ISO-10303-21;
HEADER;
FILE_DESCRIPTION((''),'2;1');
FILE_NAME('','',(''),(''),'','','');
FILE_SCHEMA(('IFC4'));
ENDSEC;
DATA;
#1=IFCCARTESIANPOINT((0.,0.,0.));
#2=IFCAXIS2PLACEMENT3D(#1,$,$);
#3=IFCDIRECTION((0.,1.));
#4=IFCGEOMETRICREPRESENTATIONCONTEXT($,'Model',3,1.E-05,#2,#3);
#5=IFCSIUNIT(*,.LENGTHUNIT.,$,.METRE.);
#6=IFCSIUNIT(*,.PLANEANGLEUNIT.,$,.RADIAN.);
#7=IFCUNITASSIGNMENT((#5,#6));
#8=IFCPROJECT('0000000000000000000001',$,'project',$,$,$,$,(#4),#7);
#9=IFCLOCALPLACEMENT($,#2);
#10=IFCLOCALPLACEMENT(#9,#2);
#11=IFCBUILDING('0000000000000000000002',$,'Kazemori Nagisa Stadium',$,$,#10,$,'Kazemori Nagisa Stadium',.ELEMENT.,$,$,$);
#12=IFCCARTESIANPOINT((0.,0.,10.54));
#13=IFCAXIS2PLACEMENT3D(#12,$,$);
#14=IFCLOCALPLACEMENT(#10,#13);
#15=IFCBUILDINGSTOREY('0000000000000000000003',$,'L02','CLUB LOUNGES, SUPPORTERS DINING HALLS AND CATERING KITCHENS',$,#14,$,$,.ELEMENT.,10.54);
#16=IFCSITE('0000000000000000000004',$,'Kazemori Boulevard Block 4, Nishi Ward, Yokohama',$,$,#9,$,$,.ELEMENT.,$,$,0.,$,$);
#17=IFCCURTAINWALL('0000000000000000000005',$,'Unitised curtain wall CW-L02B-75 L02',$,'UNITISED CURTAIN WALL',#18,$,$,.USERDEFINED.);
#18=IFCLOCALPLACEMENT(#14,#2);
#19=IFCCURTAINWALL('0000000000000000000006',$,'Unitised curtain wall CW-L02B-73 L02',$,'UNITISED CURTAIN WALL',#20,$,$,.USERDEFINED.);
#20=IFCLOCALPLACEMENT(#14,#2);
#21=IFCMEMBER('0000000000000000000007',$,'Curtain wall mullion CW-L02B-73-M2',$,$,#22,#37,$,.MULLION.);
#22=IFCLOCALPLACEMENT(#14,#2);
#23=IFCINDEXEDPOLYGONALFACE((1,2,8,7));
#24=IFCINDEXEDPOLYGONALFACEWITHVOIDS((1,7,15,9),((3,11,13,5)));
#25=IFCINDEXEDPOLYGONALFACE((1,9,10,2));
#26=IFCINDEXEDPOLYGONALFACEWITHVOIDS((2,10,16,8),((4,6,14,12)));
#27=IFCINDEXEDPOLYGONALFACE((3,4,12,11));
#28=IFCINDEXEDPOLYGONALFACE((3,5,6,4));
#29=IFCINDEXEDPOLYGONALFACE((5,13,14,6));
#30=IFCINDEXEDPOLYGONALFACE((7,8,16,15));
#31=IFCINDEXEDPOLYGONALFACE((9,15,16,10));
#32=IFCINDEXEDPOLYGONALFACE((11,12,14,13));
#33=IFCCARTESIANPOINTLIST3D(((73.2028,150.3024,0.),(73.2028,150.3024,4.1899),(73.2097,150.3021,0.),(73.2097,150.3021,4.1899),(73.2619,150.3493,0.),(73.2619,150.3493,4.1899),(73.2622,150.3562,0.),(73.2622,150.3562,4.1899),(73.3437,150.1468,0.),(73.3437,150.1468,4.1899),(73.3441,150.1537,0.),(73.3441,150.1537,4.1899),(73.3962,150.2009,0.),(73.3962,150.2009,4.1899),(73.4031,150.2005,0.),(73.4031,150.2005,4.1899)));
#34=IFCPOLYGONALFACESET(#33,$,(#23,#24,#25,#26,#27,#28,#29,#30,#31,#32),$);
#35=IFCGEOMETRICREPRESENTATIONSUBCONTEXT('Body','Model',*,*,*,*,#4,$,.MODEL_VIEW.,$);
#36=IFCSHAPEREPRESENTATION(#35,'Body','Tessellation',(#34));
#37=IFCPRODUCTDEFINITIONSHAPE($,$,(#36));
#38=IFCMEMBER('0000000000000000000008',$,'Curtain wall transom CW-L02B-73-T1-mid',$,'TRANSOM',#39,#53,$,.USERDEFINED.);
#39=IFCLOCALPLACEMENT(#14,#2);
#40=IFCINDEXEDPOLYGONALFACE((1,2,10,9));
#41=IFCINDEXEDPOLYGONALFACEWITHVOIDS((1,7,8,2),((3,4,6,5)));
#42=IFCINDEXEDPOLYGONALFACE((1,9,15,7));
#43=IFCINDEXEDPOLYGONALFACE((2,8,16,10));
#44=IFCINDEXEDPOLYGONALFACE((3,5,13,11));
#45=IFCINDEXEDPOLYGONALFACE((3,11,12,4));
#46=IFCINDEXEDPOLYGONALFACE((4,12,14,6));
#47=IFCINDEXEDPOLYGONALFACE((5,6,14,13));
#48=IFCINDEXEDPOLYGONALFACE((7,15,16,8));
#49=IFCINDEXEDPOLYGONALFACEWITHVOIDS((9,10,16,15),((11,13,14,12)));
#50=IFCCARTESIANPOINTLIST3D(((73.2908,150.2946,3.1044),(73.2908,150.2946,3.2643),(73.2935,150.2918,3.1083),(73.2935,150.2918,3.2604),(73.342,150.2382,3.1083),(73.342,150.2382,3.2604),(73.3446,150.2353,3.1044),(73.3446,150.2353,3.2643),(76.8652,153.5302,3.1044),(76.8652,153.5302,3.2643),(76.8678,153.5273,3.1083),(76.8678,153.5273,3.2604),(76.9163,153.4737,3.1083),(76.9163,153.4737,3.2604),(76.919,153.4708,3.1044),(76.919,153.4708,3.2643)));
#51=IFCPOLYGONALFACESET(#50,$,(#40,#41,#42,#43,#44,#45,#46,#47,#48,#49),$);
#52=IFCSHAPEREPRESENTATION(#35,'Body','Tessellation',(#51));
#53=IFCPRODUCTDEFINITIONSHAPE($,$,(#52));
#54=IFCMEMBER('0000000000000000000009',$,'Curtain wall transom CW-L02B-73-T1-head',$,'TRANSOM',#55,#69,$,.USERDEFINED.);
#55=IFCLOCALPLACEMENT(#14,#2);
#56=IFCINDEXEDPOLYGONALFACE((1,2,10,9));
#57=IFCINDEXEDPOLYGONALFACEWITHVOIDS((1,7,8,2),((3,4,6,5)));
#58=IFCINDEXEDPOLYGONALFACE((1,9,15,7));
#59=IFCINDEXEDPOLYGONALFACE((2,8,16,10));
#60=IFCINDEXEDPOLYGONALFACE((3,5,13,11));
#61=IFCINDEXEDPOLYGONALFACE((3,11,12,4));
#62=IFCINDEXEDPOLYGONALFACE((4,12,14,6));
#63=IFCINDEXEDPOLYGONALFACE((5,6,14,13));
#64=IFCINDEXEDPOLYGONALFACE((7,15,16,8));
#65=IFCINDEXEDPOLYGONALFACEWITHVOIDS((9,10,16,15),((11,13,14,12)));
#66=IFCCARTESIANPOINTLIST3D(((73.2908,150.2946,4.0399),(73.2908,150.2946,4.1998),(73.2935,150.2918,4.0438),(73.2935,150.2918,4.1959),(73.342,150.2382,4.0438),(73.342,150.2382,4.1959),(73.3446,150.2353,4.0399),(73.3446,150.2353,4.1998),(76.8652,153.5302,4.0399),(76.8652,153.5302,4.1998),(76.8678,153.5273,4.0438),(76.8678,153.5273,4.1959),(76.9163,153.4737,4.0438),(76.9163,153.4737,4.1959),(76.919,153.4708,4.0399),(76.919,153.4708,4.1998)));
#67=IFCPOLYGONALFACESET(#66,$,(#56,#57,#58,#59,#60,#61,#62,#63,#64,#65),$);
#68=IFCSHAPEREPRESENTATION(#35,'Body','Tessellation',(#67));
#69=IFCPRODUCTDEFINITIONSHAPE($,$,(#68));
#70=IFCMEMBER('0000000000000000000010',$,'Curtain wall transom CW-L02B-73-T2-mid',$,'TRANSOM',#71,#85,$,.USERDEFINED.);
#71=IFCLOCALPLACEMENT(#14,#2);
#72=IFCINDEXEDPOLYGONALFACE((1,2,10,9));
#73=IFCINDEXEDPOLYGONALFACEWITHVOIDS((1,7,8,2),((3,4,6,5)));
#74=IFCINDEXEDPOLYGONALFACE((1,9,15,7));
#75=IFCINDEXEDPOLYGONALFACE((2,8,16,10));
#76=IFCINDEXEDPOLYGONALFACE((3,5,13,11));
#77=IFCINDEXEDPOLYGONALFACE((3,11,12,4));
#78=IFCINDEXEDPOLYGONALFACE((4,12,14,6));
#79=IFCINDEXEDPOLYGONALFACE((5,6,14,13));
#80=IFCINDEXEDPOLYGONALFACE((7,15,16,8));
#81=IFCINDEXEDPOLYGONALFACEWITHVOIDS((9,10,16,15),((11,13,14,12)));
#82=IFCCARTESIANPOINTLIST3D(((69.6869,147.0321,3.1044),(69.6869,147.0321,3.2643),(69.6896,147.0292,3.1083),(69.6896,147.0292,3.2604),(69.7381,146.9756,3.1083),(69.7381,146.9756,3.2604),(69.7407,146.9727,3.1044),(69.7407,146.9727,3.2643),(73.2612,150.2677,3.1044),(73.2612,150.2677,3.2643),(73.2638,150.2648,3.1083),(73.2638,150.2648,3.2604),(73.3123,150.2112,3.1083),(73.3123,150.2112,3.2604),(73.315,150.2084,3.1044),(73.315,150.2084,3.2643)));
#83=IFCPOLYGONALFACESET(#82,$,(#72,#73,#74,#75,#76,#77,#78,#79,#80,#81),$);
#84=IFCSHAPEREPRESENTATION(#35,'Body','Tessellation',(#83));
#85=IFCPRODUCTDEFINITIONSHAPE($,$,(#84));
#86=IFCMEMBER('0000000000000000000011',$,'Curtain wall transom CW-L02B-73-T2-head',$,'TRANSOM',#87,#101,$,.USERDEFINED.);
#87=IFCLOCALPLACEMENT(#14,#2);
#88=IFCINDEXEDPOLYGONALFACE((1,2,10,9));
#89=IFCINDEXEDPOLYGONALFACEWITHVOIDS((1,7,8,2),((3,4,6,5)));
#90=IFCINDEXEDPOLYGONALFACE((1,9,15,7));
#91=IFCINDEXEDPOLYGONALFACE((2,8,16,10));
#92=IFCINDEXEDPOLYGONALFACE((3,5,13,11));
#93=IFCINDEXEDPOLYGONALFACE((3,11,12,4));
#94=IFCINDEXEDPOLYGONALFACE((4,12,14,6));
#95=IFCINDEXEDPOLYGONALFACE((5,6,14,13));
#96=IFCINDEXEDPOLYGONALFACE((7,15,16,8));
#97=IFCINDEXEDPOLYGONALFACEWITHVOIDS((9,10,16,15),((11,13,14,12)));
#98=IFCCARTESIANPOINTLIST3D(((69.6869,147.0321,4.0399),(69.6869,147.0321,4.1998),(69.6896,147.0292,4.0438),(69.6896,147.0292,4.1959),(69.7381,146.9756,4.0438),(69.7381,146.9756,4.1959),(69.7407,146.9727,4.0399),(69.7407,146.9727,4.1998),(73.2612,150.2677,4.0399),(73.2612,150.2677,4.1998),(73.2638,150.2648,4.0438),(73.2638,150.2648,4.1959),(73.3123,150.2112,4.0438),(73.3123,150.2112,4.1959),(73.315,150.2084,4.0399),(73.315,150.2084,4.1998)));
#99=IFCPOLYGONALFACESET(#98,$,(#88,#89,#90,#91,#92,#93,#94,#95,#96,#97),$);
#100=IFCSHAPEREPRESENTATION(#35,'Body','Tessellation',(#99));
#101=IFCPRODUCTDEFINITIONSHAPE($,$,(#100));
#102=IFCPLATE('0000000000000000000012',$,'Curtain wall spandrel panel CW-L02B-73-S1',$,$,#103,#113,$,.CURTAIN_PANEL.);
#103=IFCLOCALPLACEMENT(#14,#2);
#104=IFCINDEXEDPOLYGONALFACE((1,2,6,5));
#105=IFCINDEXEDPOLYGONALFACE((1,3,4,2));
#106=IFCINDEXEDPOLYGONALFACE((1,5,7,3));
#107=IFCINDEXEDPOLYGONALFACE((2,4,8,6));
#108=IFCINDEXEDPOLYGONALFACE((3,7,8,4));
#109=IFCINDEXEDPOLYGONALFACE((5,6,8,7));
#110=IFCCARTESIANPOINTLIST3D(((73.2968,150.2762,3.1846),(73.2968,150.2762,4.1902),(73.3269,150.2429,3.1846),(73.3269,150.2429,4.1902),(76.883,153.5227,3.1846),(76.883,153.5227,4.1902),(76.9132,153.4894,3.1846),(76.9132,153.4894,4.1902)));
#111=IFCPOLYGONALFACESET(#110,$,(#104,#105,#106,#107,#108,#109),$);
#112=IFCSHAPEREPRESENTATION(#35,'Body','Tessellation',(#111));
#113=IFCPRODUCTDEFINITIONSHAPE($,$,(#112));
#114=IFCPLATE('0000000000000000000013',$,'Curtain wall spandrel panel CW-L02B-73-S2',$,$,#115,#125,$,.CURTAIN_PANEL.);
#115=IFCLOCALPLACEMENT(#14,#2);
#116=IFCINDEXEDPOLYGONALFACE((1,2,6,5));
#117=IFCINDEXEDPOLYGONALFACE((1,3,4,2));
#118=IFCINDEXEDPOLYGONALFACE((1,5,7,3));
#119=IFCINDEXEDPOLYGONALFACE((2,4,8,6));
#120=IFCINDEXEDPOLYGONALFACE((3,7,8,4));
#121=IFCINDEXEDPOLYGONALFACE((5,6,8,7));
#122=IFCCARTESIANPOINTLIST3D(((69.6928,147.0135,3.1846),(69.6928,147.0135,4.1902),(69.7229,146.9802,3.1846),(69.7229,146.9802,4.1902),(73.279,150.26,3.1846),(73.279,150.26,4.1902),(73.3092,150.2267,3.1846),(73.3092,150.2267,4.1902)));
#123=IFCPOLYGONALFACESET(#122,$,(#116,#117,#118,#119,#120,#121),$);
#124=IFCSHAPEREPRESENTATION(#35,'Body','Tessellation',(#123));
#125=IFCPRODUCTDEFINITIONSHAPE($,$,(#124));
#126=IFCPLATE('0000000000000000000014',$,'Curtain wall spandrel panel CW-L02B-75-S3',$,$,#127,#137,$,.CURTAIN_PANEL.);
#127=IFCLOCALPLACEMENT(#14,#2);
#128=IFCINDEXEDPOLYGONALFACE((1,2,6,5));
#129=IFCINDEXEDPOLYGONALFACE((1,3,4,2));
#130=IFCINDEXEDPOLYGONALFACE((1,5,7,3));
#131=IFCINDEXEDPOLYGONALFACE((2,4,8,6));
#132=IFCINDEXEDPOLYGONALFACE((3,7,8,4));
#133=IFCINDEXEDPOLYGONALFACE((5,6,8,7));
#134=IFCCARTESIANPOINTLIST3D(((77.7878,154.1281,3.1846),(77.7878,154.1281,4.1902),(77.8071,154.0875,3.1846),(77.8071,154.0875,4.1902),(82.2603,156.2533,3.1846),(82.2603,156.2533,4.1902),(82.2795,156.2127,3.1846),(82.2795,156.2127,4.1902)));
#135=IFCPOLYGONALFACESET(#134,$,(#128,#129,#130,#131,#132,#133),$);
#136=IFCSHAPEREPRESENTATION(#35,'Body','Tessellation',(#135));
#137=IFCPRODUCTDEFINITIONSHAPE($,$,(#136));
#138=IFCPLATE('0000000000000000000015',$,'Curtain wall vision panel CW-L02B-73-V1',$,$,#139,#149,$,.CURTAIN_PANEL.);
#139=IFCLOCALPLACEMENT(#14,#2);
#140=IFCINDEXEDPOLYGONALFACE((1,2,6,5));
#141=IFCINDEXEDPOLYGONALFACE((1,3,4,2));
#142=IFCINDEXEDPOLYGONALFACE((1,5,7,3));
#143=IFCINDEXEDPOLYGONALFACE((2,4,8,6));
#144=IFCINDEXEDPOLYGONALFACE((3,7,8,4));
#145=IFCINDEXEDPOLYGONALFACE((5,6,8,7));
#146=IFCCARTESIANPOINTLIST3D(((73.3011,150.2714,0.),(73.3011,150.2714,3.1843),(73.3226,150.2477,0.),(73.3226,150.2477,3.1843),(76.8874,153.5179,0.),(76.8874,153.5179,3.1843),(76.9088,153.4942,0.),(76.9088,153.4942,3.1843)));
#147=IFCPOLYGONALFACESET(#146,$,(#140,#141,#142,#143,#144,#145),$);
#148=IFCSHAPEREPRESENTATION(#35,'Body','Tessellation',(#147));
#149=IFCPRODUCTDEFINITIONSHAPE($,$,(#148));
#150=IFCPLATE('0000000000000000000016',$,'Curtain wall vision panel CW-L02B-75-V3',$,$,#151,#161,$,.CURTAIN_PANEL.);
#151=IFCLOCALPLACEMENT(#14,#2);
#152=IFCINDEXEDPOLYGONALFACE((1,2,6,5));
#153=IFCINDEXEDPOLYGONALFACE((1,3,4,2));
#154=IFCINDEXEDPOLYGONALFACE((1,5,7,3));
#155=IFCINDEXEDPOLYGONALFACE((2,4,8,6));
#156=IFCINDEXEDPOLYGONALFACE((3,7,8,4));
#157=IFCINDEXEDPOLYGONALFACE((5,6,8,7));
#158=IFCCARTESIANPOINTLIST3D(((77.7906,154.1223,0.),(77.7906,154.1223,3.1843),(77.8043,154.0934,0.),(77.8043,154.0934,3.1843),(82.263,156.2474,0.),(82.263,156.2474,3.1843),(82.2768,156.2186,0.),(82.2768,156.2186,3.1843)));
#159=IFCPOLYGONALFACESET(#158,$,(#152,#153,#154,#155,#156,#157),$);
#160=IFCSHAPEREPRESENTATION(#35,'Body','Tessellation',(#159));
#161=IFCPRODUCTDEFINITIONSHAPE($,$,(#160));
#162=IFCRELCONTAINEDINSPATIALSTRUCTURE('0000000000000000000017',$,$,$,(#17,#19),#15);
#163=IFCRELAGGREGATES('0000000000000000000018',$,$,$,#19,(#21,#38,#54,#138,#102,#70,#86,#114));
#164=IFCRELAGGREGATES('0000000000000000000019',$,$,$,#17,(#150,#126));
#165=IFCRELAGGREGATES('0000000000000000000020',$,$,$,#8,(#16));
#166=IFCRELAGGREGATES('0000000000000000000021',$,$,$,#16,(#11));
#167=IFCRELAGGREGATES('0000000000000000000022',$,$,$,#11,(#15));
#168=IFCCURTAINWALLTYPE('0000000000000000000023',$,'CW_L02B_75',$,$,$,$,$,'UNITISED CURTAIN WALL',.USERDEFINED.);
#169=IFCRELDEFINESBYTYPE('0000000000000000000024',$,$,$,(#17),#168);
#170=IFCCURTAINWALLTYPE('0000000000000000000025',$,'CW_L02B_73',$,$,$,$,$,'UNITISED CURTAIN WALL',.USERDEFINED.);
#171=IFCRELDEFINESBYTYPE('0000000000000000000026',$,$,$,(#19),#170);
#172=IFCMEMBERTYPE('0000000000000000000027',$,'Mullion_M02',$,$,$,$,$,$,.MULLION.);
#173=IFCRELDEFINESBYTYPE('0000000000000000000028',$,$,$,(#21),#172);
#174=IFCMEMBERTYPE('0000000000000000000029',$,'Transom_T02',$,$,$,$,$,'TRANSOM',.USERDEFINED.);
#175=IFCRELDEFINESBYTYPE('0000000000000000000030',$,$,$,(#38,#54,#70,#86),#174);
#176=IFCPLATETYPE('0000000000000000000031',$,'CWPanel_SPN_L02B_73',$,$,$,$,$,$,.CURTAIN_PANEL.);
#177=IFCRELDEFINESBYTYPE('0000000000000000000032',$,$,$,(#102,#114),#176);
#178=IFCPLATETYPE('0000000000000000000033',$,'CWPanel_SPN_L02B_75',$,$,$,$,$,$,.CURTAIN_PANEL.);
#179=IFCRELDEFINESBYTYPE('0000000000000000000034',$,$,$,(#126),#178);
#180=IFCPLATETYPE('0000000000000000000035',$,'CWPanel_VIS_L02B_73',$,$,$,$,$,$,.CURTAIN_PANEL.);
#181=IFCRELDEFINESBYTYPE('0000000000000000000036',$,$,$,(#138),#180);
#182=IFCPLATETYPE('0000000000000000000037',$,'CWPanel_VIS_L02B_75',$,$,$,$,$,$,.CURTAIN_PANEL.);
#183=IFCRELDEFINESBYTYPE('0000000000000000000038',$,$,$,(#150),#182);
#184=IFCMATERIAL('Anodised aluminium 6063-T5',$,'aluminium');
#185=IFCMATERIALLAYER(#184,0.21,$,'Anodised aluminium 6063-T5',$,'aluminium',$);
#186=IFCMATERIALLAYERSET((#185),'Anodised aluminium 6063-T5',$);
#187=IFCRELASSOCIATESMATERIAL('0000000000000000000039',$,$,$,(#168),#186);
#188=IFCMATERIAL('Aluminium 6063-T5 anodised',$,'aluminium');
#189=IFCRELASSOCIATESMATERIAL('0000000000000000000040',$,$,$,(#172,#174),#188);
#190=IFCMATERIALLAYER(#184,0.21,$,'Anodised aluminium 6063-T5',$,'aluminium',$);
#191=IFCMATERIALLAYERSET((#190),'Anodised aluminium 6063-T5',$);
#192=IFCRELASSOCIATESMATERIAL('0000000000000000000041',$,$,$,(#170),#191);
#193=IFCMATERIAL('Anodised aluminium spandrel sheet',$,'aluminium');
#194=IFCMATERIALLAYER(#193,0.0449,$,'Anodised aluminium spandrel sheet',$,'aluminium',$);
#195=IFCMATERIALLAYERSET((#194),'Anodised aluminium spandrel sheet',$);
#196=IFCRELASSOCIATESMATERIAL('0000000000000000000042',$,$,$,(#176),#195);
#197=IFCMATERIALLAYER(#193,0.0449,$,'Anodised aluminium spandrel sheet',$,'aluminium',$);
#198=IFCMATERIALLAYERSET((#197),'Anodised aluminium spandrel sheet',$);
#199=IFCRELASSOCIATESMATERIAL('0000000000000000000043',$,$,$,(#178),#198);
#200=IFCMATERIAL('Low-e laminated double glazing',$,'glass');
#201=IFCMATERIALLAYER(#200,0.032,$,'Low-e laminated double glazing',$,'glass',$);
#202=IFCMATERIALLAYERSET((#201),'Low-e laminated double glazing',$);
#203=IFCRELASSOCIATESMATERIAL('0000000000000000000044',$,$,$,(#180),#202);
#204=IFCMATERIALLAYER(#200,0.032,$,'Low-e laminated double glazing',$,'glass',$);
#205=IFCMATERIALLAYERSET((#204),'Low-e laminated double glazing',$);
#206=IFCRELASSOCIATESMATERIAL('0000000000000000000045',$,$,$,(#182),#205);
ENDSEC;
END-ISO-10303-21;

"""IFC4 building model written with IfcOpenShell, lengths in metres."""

from ifc_helpers import new_model, si_unit, direction, frame, origin, origin_2d, place, context, subcontext, project, spatial, rectangle, hollow_rectangle, extrude, material, layer, layer_set, material_profile, profile_set, type_object, element, aggregate, save


model = new_model("IFC4")

# Units and contexts
model_context = context("Model", 3, precision=1e-05, world=origin(), true_north=direction((0.0, 1.0)))
body_context = subcontext(model_context, "Body", "Model", "MODEL_VIEW")
ifc_project = project(units=[si_unit("LENGTHUNIT", "METRE"), si_unit("PLANEANGLEUNIT", "RADIAN")], contexts=[model_context])

# Site, building, storey
site_placement = place(None, origin())
site = spatial("IfcSite", under=ifc_project, at=site_placement, Name="Kazemori Boulevard Block 4, Nishi Ward, Yokohama", CompositionType="ELEMENT", RefElevation=0.0)
building_placement = place(site_placement, origin())
building = spatial("IfcBuilding", under=site, at=building_placement, Name="Kazemori Nagisa Stadium", LongName="Kazemori Nagisa Stadium", CompositionType="ELEMENT")
storey_placement = place(building_placement, frame((0.0, 0.0, 10.54)))
storey = spatial("IfcBuildingStorey", under=building, at=storey_placement, Name="L02", Description="CLUB LOUNGES, SUPPORTERS DINING HALLS AND CATERING KITCHENS", CompositionType="ELEMENT", Elevation=10.54)

# Curtain wall
ifc_material_1 = material(Name="Anodised aluminium 6063-T5", Category="aluminium")
ifc_layer_1 = layer(ifc_material_1, 0.21, Name="Anodised aluminium 6063-T5", Category="aluminium")
ifc_layer_set_1 = layer_set([ifc_layer_1], Name="Anodised aluminium 6063-T5")
curtain_wall_type_1 = type_object("IfcCurtainWallType", Name="CW_L02B_75", ElementType="UNITISED CURTAIN WALL", PredefinedType="USERDEFINED", material=ifc_layer_set_1)
curtain_wall_1_placement = place(storey_placement, origin())
curtain_wall_1 = element("IfcCurtainWall", 1, at=curtain_wall_1_placement, inside=storey, type_object=curtain_wall_type_1, Name="Unitised curtain wall CW-L02B-75 L02", ObjectType="UNITISED CURTAIN WALL", PredefinedType="USERDEFINED")
ifc_material_2 = material(Name="Aluminium 6063-T5 anodised", Category="aluminium")
ifc_material_profile_1 = material_profile(ifc_material_2, hollow_rectangle(XDim=0.0801, YDim=0.21, WallThickness=0.0049, at=origin_2d()), Name="ALU-MULL-80x210x5")
ifc_profile_set_1 = profile_set([ifc_material_profile_1], Name="Aluminium 6063-T5 anodised")
member_type_1 = type_object("IfcMemberType", Name="Mullion_M02", PredefinedType="MULLION", material=ifc_profile_set_1)

# Curtain wall, members, plates
ifc_layer_2 = layer(ifc_material_1, 0.21, Name="Anodised aluminium 6063-T5", Category="aluminium")
ifc_layer_set_2 = layer_set([ifc_layer_2], Name="Anodised aluminium 6063-T5")
curtain_wall_type_2 = type_object("IfcCurtainWallType", Name="CW_L02B_73", ElementType="UNITISED CURTAIN WALL", PredefinedType="USERDEFINED", material=ifc_layer_set_2)
curtain_wall_2_placement = place(storey_placement, origin())
curtain_wall_2 = element("IfcCurtainWall", 2, at=curtain_wall_2_placement, inside=storey, type_object=curtain_wall_type_2, Name="Unitised curtain wall CW-L02B-73 L02", ObjectType="UNITISED CURTAIN WALL", PredefinedType="USERDEFINED")
member_1_placement = place(storey_placement, frame((73.303, 150.2515, 0.0), z_axis=(0.0, 0.0, 1.0), x_axis=(-0.741351, -0.671118, 0.0)))
member_1 = element("IfcMember", 3, at=member_1_placement, type_object=member_type_1, Name="Curtain wall mullion CW-L02B-73-M2", PredefinedType="MULLION", context=body_context, shape_type="SweptSolid", body=[
    extrude(hollow_rectangle(XDim=0.0801, YDim=0.21, WallThickness=0.0049, at=origin_2d()), origin(), (0.0, 0.0, 1.0), 4.1899),
])
ifc_material_profile_2 = material_profile(ifc_material_2, hollow_rectangle(XDim=0.0801, YDim=0.1599, WallThickness=0.0039, at=origin_2d()), Name="ALU-TRAN-80x160x4")
ifc_profile_set_2 = profile_set([ifc_material_profile_2], Name="Aluminium 6063-T5 anodised")
member_type_2 = type_object("IfcMemberType", Name="Transom_T02", ElementType="TRANSOM", PredefinedType="USERDEFINED", material=ifc_profile_set_2)
member_2_placement = place(storey_placement, frame((76.8921, 153.5005, 3.1843), z_axis=(-0.741375, -0.671091, 0.0), x_axis=(0.671091, -0.741375, 0.0)))
member_2 = element("IfcMember", 4, at=member_2_placement, type_object=member_type_2, Name="Curtain wall transom CW-L02B-73-T1-mid", ObjectType="TRANSOM", PredefinedType="USERDEFINED", context=body_context, shape_type="SweptSolid", body=[
    extrude(hollow_rectangle(XDim=0.0801, YDim=0.1599, WallThickness=0.0039, at=origin_2d()), origin(), (0.0, 0.0, 1.0), 4.8213),
])
member_3_placement = place(storey_placement, frame((76.8921, 153.5005, 4.1199), z_axis=(-0.741375, -0.671091, 0.0), x_axis=(0.671091, -0.741375, 0.0)))
member_3 = element("IfcMember", 5, at=member_3_placement, type_object=member_type_2, Name="Curtain wall transom CW-L02B-73-T1-head", ObjectType="TRANSOM", PredefinedType="USERDEFINED", context=body_context, shape_type="SweptSolid", body=[
    extrude(hollow_rectangle(XDim=0.0801, YDim=0.1599, WallThickness=0.0039, at=origin_2d()), origin(), (0.0, 0.0, 1.0), 4.8213),
])
member_4_placement = place(storey_placement, frame((73.2881, 150.238, 3.1843), z_axis=(-0.741352, -0.671116, 0.0), x_axis=(0.671116, -0.741352, 0.0)))
member_4 = element("IfcMember", 6, at=member_4_placement, type_object=member_type_2, Name="Curtain wall transom CW-L02B-73-T2-mid", ObjectType="TRANSOM", PredefinedType="USERDEFINED", context=body_context, shape_type="SweptSolid", body=[
    extrude(hollow_rectangle(XDim=0.0801, YDim=0.1599, WallThickness=0.0039, at=origin_2d()), origin(), (0.0, 0.0, 1.0), 4.8213),
])
member_5_placement = place(storey_placement, frame((73.2881, 150.238, 4.1199), z_axis=(-0.741352, -0.671116, 0.0), x_axis=(0.671116, -0.741352, 0.0)))
member_5 = element("IfcMember", 7, at=member_5_placement, type_object=member_type_2, Name="Curtain wall transom CW-L02B-73-T2-head", ObjectType="TRANSOM", PredefinedType="USERDEFINED", context=body_context, shape_type="SweptSolid", body=[
    extrude(hollow_rectangle(XDim=0.0801, YDim=0.1599, WallThickness=0.0039, at=origin_2d()), origin(), (0.0, 0.0, 1.0), 4.8213),
])
ifc_material_3 = material(Name="Anodised aluminium spandrel sheet", Category="aluminium")
ifc_layer_3 = layer(ifc_material_3, 0.0449, Name="Anodised aluminium spandrel sheet", Category="aluminium")
ifc_layer_set_3 = layer_set([ifc_layer_3], Name="Anodised aluminium spandrel sheet")
plate_type_1 = type_object("IfcPlateType", Name="CWPanel_SPN_L02B_73", PredefinedType="CURTAIN_PANEL", material=ifc_layer_set_3)
plate_1_placement = place(storey_placement, frame((75.105, 151.8828, 3.1846), z_axis=(0.0, 0.0, 1.0), x_axis=(-0.741351, -0.671118, 0.0)))
plate_1 = element("IfcPlate", 8, at=plate_1_placement, type_object=plate_type_1, Name="Curtain wall spandrel panel CW-L02B-73-S1", PredefinedType="CURTAIN_PANEL", context=body_context, shape_type="SweptSolid", body=[
    extrude(rectangle(XDim=4.8374, YDim=0.0449, at=origin_2d()), origin(), (0.0, 0.0, 1.0), 1.0056),
])
plate_2_placement = place(storey_placement, frame((71.501, 148.6201, 3.1846), z_axis=(0.0, 0.0, 1.0), x_axis=(-0.741351, -0.671118, 0.0)))
plate_2 = element("IfcPlate", 9, at=plate_2_placement, type_object=plate_type_1, Name="Curtain wall spandrel panel CW-L02B-73-S2", PredefinedType="CURTAIN_PANEL", context=body_context, shape_type="SweptSolid", body=[
    extrude(rectangle(XDim=4.8374, YDim=0.0449, at=origin_2d()), origin(), (0.0, 0.0, 1.0), 1.0056),
])

# Plates
ifc_layer_4 = layer(ifc_material_3, 0.0449, Name="Anodised aluminium spandrel sheet", Category="aluminium")
ifc_layer_set_4 = layer_set([ifc_layer_4], Name="Anodised aluminium spandrel sheet")
plate_type_2 = type_object("IfcPlateType", Name="CWPanel_SPN_L02B_75", PredefinedType="CURTAIN_PANEL", material=ifc_layer_set_4)
plate_3_placement = place(storey_placement, frame((80.0337, 155.1704, 3.1846), z_axis=(0.0, 0.0, 1.0), x_axis=(-0.903216, -0.429186, 0.0)))
plate_3 = element("IfcPlate", 10, at=plate_3_placement, type_object=plate_type_2, Name="Curtain wall spandrel panel CW-L02B-75-S3", PredefinedType="CURTAIN_PANEL", context=body_context, shape_type="SweptSolid", body=[
    extrude(rectangle(XDim=4.9517, YDim=0.0449, at=origin_2d()), origin(), (0.0, 0.0, 1.0), 1.0056),
])
ifc_material_4 = material(Name="Low-e laminated double glazing", Category="glass")
ifc_layer_5 = layer(ifc_material_4, 0.032, Name="Low-e laminated double glazing", Category="glass")
ifc_layer_set_5 = layer_set([ifc_layer_5], Name="Low-e laminated double glazing")
plate_type_3 = type_object("IfcPlateType", Name="CWPanel_VIS_L02B_73", PredefinedType="CURTAIN_PANEL", material=ifc_layer_set_5)
plate_4_placement = place(storey_placement, frame((75.105, 151.8828, 0.0), z_axis=(0.0, 0.0, 1.0), x_axis=(-0.741351, -0.671118, 0.0)))
plate_4 = element("IfcPlate", 11, at=plate_4_placement, type_object=plate_type_3, Name="Curtain wall vision panel CW-L02B-73-V1", PredefinedType="CURTAIN_PANEL", context=body_context, shape_type="SweptSolid", body=[
    extrude(rectangle(XDim=4.8374, YDim=0.032, at=origin_2d()), origin(), (0.0, 0.0, 1.0), 3.1843),
])
aggregate(curtain_wall_2, [member_1, member_2, member_3, plate_4, plate_1, member_4, member_5, plate_2])
ifc_layer_6 = layer(ifc_material_4, 0.032, Name="Low-e laminated double glazing", Category="glass")
ifc_layer_set_6 = layer_set([ifc_layer_6], Name="Low-e laminated double glazing")
plate_type_4 = type_object("IfcPlateType", Name="CWPanel_VIS_L02B_75", PredefinedType="CURTAIN_PANEL", material=ifc_layer_set_6)
plate_5_placement = place(storey_placement, frame((80.0337, 155.1704, 0.0), z_axis=(0.0, 0.0, 1.0), x_axis=(-0.903216, -0.429186, 0.0)))
plate_5 = element("IfcPlate", 12, at=plate_5_placement, type_object=plate_type_4, Name="Curtain wall vision panel CW-L02B-75-V3", PredefinedType="CURTAIN_PANEL", context=body_context, shape_type="SweptSolid", body=[
    extrude(rectangle(XDim=4.9517, YDim=0.032, at=origin_2d()), origin(), (0.0, 0.0, 1.0), 3.1843),
])
aggregate(curtain_wall_1, [plate_5, plate_3])

save(model, "model.ifc")
